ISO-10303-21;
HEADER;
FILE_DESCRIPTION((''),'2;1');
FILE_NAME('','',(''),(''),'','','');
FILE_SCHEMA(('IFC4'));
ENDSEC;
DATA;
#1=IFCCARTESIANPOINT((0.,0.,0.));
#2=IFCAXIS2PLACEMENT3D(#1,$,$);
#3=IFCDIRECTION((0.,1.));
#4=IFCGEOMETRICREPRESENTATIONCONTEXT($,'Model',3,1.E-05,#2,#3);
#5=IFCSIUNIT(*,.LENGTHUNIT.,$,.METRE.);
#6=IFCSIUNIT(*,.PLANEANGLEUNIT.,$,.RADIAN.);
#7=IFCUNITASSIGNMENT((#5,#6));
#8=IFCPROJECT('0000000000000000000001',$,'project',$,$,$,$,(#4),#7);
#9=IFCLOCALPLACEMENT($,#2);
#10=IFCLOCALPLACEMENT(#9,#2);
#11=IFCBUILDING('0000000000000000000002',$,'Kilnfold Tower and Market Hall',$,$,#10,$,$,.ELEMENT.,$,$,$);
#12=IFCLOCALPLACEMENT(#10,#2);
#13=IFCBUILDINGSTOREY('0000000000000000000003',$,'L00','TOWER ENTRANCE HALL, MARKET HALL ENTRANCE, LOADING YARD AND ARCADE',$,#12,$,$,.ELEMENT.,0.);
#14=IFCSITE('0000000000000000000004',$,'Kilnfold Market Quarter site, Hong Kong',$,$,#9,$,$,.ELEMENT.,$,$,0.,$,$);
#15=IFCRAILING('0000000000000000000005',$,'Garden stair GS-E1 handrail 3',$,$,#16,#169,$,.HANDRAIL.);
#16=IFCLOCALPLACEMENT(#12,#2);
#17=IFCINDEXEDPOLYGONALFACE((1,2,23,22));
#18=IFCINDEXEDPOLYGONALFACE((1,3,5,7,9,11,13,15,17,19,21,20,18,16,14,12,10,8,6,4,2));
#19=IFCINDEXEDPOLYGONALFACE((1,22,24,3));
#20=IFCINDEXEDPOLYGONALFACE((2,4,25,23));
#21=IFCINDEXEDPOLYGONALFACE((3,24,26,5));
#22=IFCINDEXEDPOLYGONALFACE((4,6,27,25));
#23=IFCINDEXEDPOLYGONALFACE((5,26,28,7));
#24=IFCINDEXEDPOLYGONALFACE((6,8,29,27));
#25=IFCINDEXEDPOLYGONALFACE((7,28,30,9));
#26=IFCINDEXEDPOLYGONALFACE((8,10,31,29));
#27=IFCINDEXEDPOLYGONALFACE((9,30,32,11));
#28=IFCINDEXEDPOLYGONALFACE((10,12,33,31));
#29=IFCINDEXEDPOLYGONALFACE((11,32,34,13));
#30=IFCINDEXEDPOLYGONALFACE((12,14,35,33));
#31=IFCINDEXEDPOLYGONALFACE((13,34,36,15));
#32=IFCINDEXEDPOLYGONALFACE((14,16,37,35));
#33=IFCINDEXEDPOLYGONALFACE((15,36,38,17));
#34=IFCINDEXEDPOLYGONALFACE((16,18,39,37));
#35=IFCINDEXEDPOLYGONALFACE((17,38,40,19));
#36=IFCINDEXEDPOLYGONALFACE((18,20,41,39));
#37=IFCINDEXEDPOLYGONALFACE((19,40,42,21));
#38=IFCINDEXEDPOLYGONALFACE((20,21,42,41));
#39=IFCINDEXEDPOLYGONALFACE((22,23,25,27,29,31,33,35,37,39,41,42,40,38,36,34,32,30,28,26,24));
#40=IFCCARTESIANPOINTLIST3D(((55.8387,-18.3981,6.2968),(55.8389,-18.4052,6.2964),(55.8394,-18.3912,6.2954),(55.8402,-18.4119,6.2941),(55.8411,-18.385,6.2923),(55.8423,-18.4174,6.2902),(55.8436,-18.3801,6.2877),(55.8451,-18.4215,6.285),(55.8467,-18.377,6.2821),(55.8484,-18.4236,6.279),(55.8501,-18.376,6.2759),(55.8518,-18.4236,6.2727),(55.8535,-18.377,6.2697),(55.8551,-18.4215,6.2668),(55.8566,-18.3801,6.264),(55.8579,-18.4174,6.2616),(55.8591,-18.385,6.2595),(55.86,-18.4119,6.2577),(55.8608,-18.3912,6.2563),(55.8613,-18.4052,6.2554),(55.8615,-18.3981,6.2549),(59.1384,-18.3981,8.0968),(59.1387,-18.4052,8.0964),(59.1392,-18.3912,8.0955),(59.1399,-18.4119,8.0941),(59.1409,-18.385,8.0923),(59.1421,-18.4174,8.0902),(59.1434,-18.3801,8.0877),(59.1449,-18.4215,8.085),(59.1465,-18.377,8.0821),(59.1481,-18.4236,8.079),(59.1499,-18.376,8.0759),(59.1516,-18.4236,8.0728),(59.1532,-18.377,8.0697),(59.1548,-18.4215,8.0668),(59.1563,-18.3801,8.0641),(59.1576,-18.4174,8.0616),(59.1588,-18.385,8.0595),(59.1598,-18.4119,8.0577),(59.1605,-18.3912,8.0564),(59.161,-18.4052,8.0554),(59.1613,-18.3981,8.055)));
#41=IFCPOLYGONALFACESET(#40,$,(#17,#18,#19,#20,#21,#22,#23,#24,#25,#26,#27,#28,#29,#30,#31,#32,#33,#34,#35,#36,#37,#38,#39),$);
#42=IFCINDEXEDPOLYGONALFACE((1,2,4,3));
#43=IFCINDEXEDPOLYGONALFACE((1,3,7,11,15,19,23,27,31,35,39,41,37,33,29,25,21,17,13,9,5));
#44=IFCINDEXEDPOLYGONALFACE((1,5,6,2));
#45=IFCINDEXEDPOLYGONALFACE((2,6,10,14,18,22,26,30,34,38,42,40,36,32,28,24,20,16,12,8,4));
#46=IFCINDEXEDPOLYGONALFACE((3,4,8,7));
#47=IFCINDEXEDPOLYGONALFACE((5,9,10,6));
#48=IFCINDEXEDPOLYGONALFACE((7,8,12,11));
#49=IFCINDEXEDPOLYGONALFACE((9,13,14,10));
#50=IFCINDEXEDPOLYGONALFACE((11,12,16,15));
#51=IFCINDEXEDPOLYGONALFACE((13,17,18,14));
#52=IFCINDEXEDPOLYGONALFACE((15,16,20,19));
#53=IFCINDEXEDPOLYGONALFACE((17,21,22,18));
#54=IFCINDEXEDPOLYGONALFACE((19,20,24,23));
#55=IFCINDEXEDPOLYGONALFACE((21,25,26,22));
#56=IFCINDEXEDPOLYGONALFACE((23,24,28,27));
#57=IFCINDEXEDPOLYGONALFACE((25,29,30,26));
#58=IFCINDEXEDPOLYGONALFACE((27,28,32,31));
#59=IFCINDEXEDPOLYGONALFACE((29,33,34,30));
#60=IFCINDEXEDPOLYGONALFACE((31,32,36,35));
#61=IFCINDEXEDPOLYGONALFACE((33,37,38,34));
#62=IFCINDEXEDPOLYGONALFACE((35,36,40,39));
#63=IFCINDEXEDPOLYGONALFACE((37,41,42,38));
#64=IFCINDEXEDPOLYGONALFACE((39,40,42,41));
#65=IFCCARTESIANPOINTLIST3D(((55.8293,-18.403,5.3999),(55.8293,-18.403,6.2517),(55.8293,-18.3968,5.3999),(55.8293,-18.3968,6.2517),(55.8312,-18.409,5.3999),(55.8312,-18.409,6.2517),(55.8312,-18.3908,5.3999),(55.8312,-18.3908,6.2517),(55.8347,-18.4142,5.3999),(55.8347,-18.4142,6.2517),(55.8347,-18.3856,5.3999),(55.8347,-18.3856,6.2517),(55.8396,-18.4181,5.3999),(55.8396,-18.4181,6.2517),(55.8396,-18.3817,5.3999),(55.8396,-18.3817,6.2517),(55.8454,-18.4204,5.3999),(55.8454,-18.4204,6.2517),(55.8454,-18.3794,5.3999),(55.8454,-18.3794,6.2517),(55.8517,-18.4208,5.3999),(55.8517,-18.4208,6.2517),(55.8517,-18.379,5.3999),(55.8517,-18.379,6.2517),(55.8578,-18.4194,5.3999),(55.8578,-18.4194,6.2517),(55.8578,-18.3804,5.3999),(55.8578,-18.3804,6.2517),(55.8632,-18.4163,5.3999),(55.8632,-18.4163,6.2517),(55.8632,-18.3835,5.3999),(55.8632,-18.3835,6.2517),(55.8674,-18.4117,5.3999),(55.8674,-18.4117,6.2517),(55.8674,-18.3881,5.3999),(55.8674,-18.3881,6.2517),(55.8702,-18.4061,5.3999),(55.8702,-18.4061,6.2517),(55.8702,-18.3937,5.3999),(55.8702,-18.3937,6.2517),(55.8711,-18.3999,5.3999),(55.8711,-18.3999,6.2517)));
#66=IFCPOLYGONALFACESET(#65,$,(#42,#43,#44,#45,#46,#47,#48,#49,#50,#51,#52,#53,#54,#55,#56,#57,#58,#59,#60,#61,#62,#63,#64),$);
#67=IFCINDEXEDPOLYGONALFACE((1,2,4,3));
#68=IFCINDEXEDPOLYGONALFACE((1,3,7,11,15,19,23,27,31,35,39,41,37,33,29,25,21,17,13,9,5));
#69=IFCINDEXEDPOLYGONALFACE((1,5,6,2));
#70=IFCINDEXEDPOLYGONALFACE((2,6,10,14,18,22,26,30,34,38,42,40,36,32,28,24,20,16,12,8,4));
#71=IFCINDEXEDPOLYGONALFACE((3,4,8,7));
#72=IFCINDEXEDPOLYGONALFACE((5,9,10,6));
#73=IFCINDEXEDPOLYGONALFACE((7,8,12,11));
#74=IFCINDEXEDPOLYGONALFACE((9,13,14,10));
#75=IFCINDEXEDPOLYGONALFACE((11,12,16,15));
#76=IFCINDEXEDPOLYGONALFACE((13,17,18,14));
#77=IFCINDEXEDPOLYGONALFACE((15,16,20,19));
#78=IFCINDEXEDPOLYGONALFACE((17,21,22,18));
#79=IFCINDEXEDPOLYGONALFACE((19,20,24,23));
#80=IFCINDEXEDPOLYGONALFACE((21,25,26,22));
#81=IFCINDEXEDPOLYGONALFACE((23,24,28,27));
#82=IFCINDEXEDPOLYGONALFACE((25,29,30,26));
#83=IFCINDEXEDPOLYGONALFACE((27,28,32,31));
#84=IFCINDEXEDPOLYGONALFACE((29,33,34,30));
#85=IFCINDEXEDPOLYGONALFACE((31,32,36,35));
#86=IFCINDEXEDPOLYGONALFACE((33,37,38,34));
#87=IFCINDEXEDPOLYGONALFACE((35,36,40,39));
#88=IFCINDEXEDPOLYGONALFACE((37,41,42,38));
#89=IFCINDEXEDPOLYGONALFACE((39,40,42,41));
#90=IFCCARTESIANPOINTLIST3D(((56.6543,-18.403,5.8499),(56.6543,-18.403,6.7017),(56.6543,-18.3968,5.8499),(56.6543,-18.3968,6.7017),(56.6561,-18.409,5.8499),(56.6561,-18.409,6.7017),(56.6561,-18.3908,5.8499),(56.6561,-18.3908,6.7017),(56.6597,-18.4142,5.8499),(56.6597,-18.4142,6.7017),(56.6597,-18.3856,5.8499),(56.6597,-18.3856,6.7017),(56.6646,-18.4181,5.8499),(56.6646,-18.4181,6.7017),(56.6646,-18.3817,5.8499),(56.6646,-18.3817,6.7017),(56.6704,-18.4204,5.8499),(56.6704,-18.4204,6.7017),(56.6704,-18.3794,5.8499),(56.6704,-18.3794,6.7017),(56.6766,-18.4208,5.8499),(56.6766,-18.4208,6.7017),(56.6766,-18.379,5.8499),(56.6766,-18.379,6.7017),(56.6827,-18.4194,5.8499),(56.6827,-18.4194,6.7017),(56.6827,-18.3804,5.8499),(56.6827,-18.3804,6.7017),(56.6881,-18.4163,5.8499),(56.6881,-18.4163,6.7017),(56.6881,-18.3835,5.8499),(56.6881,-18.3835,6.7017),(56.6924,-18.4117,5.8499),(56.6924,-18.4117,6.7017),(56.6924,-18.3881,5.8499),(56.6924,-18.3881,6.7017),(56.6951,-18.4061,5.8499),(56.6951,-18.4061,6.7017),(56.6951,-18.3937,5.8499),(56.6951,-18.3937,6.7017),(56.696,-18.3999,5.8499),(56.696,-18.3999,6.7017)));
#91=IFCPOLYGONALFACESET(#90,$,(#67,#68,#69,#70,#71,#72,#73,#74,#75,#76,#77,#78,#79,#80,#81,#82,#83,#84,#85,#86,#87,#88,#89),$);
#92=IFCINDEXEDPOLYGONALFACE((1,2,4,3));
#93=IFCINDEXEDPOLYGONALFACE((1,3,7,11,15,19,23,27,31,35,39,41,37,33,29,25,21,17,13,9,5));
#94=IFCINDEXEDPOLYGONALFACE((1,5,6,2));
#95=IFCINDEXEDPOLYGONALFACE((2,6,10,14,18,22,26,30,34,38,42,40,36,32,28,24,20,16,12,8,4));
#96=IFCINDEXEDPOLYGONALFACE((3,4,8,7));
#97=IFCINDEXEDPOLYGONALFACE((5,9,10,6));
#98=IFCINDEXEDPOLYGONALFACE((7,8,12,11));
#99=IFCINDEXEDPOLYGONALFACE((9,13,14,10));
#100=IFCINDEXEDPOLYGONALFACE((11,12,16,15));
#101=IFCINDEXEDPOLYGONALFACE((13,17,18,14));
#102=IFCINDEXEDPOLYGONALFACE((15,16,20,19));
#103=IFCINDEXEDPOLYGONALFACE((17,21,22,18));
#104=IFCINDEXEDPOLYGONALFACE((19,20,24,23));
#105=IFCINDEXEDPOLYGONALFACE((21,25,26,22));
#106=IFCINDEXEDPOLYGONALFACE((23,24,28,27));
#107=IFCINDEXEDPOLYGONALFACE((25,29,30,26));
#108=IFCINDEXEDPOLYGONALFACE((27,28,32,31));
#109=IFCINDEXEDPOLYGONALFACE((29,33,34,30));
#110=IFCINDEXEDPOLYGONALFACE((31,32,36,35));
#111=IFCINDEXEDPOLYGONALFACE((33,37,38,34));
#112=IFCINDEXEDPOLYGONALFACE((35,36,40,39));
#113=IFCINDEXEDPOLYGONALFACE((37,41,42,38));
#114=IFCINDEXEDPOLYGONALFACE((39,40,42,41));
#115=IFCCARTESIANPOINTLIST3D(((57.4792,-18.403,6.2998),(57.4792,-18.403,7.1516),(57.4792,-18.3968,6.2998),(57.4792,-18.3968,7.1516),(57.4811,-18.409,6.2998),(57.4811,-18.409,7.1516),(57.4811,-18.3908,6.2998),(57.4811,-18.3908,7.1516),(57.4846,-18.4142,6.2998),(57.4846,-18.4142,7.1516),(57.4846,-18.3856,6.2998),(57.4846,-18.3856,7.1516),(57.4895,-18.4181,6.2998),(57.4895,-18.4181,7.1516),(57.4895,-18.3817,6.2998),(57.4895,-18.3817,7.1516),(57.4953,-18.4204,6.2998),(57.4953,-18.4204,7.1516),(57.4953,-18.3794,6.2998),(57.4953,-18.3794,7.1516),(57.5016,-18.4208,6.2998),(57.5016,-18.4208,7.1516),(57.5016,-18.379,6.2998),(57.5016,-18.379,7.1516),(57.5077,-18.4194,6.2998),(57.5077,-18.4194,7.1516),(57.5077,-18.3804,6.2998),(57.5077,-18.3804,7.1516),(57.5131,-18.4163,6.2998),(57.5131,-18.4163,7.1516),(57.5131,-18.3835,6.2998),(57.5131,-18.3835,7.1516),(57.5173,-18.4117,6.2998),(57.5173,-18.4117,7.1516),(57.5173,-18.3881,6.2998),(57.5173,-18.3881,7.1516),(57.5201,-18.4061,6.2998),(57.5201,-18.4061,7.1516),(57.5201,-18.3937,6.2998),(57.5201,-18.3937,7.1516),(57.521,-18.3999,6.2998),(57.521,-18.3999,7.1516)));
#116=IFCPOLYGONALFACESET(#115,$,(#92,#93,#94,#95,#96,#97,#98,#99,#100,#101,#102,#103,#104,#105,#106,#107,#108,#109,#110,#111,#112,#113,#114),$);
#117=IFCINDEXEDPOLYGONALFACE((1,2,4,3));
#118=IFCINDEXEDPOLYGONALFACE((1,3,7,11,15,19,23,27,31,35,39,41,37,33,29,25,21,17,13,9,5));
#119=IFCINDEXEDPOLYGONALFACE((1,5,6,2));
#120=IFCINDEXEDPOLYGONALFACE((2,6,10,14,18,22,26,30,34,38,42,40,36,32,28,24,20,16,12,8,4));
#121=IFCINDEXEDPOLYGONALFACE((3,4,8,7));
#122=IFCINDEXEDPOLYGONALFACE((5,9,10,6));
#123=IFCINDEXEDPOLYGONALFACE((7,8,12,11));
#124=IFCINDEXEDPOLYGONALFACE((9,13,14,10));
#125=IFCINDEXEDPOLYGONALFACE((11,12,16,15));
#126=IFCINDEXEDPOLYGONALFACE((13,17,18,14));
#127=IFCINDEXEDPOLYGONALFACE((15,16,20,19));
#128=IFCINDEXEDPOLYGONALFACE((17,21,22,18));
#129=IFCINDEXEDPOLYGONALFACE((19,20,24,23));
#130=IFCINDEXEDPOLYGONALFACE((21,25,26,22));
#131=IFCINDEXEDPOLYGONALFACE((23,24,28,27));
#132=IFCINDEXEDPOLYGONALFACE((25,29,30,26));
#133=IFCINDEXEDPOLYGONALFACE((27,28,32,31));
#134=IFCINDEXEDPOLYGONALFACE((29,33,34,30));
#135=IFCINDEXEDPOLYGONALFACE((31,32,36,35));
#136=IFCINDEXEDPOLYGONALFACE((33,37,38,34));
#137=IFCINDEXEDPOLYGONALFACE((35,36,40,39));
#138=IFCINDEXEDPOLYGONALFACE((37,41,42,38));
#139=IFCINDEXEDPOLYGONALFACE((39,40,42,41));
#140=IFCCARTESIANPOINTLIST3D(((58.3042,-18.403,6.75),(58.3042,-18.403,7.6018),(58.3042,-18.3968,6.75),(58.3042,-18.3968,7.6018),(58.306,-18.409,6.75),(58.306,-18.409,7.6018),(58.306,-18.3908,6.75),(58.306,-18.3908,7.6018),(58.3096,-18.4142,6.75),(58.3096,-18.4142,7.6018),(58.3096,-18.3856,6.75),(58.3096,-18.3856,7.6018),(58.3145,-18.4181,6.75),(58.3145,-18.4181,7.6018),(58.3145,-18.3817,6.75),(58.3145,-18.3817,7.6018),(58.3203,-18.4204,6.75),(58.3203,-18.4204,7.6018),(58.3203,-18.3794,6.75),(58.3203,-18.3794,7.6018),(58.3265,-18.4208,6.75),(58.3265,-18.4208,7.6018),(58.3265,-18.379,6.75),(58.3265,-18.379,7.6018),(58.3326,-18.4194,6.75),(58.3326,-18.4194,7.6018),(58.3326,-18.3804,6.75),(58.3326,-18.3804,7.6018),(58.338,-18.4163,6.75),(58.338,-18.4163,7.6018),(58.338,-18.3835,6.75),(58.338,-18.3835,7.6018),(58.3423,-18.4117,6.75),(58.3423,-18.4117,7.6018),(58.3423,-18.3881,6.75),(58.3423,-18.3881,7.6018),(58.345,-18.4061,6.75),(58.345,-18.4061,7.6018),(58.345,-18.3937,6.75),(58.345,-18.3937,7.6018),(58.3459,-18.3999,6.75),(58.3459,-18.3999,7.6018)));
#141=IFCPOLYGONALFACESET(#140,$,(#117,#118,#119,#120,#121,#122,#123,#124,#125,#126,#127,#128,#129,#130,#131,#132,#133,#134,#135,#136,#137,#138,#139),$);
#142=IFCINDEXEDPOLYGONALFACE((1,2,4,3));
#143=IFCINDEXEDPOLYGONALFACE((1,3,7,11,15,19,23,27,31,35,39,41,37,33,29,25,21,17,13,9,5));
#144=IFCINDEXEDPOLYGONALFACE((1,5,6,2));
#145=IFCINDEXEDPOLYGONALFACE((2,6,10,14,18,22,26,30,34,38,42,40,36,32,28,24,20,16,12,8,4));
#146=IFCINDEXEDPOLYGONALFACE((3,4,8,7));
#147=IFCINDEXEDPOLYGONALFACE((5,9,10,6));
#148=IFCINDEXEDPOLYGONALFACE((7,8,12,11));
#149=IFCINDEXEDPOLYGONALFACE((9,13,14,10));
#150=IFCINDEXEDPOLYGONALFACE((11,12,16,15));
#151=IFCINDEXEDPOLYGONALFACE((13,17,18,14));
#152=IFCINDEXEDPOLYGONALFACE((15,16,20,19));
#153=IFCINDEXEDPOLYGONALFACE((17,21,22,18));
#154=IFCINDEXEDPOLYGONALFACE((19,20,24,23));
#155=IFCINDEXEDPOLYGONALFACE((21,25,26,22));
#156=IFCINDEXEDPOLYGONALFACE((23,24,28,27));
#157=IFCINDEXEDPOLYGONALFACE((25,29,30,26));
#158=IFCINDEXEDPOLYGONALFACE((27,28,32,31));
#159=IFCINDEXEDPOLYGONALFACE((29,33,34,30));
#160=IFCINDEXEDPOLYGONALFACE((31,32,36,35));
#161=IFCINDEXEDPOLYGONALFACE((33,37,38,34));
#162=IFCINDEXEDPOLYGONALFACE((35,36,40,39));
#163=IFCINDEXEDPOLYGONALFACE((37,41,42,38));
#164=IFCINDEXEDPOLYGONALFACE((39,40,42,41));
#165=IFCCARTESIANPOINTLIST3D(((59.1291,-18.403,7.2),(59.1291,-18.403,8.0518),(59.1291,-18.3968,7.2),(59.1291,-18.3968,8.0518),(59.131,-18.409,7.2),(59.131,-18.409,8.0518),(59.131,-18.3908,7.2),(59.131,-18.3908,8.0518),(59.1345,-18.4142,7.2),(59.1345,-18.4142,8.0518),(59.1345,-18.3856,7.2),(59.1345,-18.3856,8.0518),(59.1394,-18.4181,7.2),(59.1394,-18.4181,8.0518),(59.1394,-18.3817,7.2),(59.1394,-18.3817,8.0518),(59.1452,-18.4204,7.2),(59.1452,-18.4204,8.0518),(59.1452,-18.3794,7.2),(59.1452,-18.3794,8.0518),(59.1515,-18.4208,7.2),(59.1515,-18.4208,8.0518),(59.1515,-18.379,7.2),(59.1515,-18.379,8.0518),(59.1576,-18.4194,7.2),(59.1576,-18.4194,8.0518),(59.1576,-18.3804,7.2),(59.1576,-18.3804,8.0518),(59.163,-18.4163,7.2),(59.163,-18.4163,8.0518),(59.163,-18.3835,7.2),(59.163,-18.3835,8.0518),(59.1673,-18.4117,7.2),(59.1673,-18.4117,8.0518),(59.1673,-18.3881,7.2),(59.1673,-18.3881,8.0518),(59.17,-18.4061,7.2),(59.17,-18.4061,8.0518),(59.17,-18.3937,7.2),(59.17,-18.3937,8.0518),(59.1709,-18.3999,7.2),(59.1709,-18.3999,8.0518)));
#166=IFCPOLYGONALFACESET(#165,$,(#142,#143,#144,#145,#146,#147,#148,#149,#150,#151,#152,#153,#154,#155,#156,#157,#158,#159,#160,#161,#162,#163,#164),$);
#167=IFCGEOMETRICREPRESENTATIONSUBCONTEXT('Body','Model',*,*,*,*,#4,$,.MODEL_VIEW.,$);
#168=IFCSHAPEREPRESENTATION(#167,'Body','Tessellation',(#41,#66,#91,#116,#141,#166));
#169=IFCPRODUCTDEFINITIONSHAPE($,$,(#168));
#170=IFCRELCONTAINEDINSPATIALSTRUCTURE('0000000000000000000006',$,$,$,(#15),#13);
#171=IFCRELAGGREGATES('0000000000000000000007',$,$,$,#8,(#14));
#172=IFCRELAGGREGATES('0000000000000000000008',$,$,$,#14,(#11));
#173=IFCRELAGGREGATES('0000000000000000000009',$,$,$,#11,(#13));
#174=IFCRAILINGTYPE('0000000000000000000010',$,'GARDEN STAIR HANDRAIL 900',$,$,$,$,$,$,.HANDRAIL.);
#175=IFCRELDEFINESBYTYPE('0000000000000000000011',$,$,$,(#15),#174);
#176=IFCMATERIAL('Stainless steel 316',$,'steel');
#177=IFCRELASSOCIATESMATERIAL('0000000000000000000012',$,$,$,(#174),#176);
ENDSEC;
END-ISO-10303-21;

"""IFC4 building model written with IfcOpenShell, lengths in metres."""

from ifc_helpers import new_model, si_unit, direction, frame, origin, origin_2d, place, context, subcontext, project, spatial, circle, extrude, material, type_object, element, save


model = new_model("IFC4")

# Units and contexts
model_context = context("Model", 3, precision=1e-05, world=origin(), true_north=direction((0.0, 1.0)))
body_context = subcontext(model_context, "Body", "Model", "MODEL_VIEW")
ifc_project = project(units=[si_unit("LENGTHUNIT", "METRE"), si_unit("PLANEANGLEUNIT", "RADIAN")], contexts=[model_context])

# Site, building, storey
site_placement = place(None, origin())
site = spatial("IfcSite", under=ifc_project, at=site_placement, Name="Kilnfold Market Quarter site, Hong Kong", CompositionType="ELEMENT", RefElevation=0.0)
building_placement = place(site_placement, origin())
building = spatial("IfcBuilding", under=site, at=building_placement, Name="Kilnfold Tower and Market Hall", CompositionType="ELEMENT")
storey_placement = place(building_placement, origin())
storey = spatial("IfcBuildingStorey", under=building, at=storey_placement, Name="L00", Description="TOWER ENTRANCE HALL, MARKET HALL ENTRANCE, LOADING YARD AND ARCADE", CompositionType="ELEMENT", Elevation=0.0)

# Railing
ifc_material_1 = material(Name="Stainless steel 316", Category="steel")
railing_type_1 = type_object("IfcRailingType", Name="GARDEN STAIR HANDRAIL 900", PredefinedType="HANDRAIL", material=ifc_material_1)
railing_1_placement = place(storey_placement, frame((55.8501, -18.3999, 5.3999)))
element("IfcRailing", 1, at=railing_1_placement, inside=storey, type_object=railing_type_1, Name="Garden stair GS-E1 handrail 3", PredefinedType="HANDRAIL", context=body_context, shape_type="SweptSolid", body=[
    extrude(circle(Radius=0.0239, at=origin_2d()), frame((0.0, 0.0, 0.876), z_axis=(0.877878, 0.0, 0.478884), x_axis=(0.0, 1.0, 0.0)), (0.0, 0.0, 1.0), 3.7588),
    extrude(circle(Radius=0.021, at=origin_2d()), origin(), (0.0, 0.0, 1.0), 0.8518),
    extrude(circle(Radius=0.021, at=origin_2d()), frame((0.825, 0.0, 0.45)), (0.0, 0.0, 1.0), 0.8518),
    extrude(circle(Radius=0.021, at=origin_2d()), frame((1.6499, 0.0, 0.8999)), (0.0, 0.0, 1.0), 0.8518),
    extrude(circle(Radius=0.021, at=origin_2d()), frame((2.4749, 0.0, 1.3501)), (0.0, 0.0, 1.0), 0.8518),
    extrude(circle(Radius=0.021, at=origin_2d()), frame((3.2998, 0.0, 1.8)), (0.0, 0.0, 1.0), 0.8518),
])

save(model, "model.ifc")
